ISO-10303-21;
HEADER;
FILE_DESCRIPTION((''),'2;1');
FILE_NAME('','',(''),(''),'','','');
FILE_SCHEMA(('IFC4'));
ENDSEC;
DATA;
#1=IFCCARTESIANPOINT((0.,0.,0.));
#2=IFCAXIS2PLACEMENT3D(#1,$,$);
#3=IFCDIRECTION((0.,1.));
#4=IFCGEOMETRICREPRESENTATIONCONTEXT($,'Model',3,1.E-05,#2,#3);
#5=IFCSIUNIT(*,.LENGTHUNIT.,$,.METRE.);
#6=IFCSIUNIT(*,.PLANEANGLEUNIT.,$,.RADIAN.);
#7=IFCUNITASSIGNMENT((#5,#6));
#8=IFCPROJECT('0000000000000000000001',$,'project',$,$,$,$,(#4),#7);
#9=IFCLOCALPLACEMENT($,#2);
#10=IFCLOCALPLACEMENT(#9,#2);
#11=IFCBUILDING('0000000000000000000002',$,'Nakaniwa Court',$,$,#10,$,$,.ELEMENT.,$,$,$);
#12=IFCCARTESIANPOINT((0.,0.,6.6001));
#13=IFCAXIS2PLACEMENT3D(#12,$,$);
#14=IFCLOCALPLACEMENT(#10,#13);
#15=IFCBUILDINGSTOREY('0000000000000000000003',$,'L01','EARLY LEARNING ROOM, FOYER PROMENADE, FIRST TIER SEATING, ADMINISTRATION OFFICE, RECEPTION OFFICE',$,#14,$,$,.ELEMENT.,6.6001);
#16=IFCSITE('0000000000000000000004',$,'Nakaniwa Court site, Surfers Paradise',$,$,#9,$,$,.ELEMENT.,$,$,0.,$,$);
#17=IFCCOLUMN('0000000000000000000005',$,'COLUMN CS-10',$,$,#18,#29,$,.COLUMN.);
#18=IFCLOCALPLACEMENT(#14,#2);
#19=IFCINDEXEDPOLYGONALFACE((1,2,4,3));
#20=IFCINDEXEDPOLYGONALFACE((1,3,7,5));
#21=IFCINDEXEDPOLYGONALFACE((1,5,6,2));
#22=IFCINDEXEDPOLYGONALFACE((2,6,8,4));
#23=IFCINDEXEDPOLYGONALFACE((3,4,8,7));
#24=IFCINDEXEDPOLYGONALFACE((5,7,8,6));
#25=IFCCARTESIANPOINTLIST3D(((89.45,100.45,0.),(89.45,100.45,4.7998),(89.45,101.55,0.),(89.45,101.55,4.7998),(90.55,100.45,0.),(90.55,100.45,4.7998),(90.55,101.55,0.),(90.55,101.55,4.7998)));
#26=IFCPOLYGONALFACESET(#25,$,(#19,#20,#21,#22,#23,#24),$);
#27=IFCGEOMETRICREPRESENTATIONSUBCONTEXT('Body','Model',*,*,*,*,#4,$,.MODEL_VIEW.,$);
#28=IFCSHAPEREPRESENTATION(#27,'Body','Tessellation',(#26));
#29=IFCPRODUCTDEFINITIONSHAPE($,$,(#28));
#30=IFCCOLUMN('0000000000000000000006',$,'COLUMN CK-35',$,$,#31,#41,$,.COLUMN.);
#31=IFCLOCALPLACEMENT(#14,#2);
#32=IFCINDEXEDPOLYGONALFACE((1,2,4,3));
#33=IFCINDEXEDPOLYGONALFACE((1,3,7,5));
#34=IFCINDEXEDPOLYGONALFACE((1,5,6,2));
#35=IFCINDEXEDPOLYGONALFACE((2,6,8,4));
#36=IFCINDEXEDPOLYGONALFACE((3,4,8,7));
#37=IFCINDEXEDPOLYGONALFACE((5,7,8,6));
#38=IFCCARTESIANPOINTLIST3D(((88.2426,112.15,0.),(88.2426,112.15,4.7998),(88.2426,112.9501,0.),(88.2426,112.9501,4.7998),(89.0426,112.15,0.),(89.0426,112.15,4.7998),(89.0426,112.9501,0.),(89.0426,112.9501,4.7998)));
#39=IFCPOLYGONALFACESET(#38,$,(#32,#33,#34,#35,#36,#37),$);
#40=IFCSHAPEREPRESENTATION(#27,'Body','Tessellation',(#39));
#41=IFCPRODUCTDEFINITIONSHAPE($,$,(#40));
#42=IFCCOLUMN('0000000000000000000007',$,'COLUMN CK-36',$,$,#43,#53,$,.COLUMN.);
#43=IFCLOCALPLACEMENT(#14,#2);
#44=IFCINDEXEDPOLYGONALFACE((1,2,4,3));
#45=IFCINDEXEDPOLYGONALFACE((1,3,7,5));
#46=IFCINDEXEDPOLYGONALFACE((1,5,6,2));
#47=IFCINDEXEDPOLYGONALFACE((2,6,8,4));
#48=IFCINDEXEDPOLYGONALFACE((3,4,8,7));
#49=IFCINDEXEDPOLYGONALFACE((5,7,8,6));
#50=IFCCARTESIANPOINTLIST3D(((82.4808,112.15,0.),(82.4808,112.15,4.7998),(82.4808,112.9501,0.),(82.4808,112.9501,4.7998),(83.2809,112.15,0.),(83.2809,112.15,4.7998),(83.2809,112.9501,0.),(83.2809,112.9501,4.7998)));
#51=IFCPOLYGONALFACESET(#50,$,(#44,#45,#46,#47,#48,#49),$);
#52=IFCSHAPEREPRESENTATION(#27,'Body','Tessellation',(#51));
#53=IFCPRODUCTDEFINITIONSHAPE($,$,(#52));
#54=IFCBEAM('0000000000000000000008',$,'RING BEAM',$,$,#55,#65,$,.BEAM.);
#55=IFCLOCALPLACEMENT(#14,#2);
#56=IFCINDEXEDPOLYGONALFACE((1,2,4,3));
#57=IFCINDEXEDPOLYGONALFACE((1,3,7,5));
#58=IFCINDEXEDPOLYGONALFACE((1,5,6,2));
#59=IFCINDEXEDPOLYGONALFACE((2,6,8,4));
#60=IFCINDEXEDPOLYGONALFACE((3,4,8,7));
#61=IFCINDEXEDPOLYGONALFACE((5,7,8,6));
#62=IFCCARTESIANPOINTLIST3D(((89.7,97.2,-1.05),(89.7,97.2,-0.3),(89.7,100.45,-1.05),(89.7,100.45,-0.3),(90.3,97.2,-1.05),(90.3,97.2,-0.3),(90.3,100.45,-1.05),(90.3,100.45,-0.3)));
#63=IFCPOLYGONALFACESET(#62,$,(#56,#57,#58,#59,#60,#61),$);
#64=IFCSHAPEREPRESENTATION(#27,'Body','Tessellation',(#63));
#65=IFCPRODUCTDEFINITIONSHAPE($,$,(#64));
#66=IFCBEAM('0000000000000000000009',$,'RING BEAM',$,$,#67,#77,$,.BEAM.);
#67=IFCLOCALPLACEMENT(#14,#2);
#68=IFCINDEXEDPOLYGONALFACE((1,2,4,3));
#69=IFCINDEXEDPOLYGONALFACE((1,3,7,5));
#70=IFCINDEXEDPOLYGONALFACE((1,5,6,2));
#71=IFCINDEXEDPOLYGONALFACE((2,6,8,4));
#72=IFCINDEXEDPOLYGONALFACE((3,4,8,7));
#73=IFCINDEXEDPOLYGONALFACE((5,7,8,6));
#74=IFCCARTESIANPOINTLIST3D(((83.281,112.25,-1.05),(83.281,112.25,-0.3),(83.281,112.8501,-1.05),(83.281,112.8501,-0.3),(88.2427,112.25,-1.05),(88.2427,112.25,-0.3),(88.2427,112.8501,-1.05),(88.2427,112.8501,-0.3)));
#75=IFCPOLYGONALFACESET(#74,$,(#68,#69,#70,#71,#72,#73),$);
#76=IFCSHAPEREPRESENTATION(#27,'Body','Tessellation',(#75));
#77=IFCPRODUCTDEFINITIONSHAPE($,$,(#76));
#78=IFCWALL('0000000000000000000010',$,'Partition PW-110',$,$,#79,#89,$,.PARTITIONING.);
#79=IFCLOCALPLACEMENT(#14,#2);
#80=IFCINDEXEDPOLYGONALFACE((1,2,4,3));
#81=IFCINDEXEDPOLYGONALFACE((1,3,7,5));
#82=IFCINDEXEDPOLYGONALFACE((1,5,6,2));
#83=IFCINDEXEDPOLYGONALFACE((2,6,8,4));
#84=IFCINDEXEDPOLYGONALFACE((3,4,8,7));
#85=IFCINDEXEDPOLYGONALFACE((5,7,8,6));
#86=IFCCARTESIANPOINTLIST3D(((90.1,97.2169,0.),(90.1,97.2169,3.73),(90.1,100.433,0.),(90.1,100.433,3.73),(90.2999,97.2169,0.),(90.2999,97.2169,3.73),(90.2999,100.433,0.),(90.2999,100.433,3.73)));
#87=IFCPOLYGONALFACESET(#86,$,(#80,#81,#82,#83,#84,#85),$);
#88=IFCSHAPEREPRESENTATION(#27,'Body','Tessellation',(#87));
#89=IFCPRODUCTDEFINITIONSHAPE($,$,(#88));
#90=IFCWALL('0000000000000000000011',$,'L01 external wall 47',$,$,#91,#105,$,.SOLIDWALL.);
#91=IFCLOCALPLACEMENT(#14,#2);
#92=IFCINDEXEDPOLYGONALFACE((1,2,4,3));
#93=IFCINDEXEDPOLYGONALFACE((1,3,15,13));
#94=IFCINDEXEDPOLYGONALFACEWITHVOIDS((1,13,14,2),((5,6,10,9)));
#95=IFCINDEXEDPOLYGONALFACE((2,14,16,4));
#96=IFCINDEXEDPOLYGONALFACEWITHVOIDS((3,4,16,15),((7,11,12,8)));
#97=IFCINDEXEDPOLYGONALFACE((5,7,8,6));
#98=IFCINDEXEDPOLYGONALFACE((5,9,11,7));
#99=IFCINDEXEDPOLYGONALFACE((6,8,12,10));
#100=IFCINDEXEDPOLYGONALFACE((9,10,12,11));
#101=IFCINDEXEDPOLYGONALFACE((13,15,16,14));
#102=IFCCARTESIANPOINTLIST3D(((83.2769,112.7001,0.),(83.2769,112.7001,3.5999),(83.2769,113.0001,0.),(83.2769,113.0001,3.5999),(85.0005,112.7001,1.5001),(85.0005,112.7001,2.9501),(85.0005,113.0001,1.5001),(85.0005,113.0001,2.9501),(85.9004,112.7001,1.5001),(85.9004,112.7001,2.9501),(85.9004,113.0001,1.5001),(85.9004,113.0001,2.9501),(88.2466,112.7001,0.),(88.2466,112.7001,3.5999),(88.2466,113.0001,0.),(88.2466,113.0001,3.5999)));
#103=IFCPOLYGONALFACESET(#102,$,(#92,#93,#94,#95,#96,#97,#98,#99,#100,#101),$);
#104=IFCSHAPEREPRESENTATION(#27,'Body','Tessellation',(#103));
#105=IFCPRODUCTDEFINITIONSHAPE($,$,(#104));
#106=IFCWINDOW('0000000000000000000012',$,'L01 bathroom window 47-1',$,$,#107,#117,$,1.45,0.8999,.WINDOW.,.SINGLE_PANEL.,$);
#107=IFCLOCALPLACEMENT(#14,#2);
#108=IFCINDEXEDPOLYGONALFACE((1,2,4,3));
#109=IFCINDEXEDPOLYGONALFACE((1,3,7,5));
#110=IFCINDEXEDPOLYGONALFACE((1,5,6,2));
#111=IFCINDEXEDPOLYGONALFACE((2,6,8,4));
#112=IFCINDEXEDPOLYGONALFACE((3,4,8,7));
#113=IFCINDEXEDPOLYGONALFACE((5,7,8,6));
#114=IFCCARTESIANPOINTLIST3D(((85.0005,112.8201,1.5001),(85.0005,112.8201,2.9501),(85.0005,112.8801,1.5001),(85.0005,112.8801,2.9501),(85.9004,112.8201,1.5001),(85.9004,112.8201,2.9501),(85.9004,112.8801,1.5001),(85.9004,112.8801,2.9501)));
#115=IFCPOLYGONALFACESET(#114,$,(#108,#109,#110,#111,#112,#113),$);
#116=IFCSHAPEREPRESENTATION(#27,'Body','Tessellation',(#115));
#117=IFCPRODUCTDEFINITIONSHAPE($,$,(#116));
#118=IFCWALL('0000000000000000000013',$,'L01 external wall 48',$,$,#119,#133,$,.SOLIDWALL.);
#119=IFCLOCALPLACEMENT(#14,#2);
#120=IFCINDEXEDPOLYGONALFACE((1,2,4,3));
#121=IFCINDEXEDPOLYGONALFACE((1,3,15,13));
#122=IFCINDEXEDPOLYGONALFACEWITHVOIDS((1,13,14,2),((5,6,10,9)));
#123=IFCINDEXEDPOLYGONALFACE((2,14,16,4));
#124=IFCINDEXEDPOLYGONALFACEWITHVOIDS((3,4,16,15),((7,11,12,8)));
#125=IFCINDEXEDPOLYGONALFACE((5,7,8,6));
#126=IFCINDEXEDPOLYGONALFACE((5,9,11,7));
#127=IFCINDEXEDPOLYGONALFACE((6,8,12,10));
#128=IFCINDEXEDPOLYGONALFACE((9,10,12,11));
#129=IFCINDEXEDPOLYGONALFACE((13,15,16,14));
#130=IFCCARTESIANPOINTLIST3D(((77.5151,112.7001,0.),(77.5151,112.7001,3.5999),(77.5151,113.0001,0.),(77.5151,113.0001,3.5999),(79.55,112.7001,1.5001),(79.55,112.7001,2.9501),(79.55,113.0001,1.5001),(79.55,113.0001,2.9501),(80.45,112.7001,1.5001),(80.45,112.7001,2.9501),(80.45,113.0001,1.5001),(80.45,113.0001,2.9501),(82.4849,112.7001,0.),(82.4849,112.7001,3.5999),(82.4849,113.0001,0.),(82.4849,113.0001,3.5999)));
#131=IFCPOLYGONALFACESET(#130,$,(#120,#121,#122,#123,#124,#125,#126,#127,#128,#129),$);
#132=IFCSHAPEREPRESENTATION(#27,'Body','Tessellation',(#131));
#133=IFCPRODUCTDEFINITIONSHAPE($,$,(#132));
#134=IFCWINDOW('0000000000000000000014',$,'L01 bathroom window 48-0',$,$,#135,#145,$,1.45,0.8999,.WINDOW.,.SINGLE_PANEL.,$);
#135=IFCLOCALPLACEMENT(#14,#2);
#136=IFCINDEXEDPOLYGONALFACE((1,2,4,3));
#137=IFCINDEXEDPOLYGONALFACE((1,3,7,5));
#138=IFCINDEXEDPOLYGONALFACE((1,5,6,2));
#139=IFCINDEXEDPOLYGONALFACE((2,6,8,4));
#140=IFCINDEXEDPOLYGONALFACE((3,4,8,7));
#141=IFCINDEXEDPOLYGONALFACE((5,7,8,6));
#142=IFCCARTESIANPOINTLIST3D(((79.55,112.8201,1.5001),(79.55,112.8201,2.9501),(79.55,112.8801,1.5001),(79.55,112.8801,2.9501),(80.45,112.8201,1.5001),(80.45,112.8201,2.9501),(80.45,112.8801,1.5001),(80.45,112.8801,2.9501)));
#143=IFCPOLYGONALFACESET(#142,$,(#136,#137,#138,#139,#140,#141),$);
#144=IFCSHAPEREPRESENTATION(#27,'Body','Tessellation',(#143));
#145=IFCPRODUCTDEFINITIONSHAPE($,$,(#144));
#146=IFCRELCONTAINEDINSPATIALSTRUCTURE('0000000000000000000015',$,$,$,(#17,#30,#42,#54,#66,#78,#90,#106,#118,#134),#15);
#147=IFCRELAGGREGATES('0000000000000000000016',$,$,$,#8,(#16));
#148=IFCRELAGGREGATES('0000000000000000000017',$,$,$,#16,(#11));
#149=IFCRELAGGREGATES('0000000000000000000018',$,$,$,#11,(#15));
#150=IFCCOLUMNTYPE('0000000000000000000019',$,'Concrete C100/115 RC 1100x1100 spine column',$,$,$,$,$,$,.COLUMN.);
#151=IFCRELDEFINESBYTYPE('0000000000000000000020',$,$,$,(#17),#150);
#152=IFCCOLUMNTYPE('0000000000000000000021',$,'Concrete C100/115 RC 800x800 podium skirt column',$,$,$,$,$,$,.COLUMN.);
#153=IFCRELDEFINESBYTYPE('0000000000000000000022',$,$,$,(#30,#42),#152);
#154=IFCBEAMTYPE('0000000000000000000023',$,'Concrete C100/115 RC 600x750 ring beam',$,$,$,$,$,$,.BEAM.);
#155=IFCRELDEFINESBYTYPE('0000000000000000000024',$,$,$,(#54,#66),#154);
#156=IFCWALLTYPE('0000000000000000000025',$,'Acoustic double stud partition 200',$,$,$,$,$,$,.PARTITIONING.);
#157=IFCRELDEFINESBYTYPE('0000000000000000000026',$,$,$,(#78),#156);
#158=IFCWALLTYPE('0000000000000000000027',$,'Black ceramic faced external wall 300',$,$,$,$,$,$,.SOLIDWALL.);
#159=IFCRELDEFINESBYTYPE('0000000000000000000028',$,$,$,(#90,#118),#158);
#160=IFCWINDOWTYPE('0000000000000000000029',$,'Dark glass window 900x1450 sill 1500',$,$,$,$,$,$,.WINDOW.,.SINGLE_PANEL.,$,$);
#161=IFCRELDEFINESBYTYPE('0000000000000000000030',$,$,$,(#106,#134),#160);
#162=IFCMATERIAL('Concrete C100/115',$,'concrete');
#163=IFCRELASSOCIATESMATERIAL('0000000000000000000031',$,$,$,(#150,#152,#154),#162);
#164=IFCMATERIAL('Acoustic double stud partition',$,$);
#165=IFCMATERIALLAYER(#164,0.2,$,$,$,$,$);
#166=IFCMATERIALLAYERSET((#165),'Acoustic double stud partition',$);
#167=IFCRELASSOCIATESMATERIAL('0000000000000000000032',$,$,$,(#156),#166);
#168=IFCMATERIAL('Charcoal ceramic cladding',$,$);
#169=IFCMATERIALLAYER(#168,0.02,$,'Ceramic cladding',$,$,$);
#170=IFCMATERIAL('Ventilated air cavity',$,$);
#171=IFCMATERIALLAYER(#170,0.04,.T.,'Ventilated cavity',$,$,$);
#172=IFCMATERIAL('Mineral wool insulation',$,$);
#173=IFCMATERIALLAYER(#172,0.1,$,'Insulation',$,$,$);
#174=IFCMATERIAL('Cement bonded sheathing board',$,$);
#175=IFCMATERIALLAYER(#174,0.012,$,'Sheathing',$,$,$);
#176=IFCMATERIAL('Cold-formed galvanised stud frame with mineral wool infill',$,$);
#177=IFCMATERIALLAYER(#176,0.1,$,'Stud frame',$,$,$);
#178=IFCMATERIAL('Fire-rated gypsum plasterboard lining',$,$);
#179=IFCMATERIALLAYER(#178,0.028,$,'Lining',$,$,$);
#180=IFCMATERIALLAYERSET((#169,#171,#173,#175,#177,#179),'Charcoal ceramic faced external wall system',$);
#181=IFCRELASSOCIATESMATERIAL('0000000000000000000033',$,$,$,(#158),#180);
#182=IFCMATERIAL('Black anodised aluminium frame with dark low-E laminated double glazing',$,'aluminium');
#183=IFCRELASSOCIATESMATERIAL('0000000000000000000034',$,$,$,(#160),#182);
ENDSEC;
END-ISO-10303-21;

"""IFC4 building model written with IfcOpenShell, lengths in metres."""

from ifc_helpers import new_model, si_unit, direction, frame, frame_2d, origin, origin_2d, place, context, subcontext, project, spatial, rectangle, extrude, material, layer, layer_set, material_profile, profile_set, type_object, element, fill, save


model = new_model("IFC4")

# Units and contexts
model_context = context("Model", 3, precision=1e-05, world=origin(), true_north=direction((0.0, 1.0)))
body_context = subcontext(model_context, "Body", "Model", "MODEL_VIEW")
ifc_project = project(units=[si_unit("LENGTHUNIT", "METRE"), si_unit("PLANEANGLEUNIT", "RADIAN")], contexts=[model_context])

# Site, building, storey
site_placement = place(None, origin())
site = spatial("IfcSite", under=ifc_project, at=site_placement, Name="Nakaniwa Court site, Surfers Paradise", CompositionType="ELEMENT", RefElevation=0.0)
building_placement = place(site_placement, origin())
building = spatial("IfcBuilding", under=site, at=building_placement, Name="Nakaniwa Court", CompositionType="ELEMENT")
storey_placement = place(building_placement, frame((0.0, 0.0, 6.6001)))
storey = spatial("IfcBuildingStorey", under=building, at=storey_placement, Name="L01", Description="EARLY LEARNING ROOM, FOYER PROMENADE, FIRST TIER SEATING, ADMINISTRATION OFFICE, RECEPTION OFFICE", CompositionType="ELEMENT", Elevation=6.6001)

# Columns
ifc_material_1 = material(Name="Concrete C100/115", Category="concrete")
ifc_material_profile_1 = material_profile(ifc_material_1, rectangle(XDim=1.1001, YDim=1.1001, at=origin_2d()), Name="Concrete C100/115 RC 1100x1100 spine column")
ifc_profile_set_1 = profile_set([ifc_material_profile_1], Name="Concrete C100/115")
column_type_1 = type_object("IfcColumnType", Name="Concrete C100/115 RC 1100x1100 spine column", PredefinedType="COLUMN", material=ifc_profile_set_1)
column_placement = place(storey_placement, frame((90.0, 101.0, 0.0), z_axis=(0.0, 0.0, 1.0), x_axis=(0.0, 1.0, 0.0)))
element("IfcColumn", 1, at=column_placement, inside=storey, type_object=column_type_1, Name="COLUMN CS-10", PredefinedType="COLUMN", context=body_context, shape_type="SweptSolid", body=[
    extrude(rectangle(XDim=1.1001, YDim=1.1001, at=origin_2d()), origin(), (0.0, 0.0, 1.0), 4.7998),
])
ifc_material_profile_2 = material_profile(ifc_material_1, rectangle(XDim=0.8, YDim=0.8, at=origin_2d()), Name="Concrete C100/115 RC 800x800 podium skirt column")
ifc_profile_set_2 = profile_set([ifc_material_profile_2], Name="Concrete C100/115")
column_type_2 = type_object("IfcColumnType", Name="Concrete C100/115 RC 800x800 podium skirt column", PredefinedType="COLUMN", material=ifc_profile_set_2)
for number, where, z_axis, x_axis, name in (
    (2, (88.6426, 112.55, 0.0), (0.0, 0.0, 1.0), (-1.0, 0.0, 0.0), "COLUMN CK-35"),
    (3, (82.8809, 112.55, 0.0), (0.0, 0.0, 1.0), (-1.0, 0.0, 0.0), "COLUMN CK-36"),
):
    element("IfcColumn", number, at=place(storey_placement, frame(where, z_axis=z_axis, x_axis=x_axis)), inside=storey, type_object=column_type_2, Name=name, PredefinedType="COLUMN", context=body_context, shape_type="SweptSolid", body=[
        extrude(rectangle(XDim=0.8, YDim=0.8, at=origin_2d()), origin(), (0.0, 0.0, 1.0), 4.7998),
    ])

# Beams
ifc_material_profile_3 = material_profile(ifc_material_1, rectangle(XDim=0.6001, YDim=0.75, at=origin_2d()), Name="Concrete C100/115 RC 600x750 ring beam")
ifc_profile_set_3 = profile_set([ifc_material_profile_3], Name="Concrete C100/115")
beam_type = type_object("IfcBeamType", Name="Concrete C100/115 RC 600x750 ring beam", PredefinedType="BEAM", material=ifc_profile_set_3)
beam_1_placement = place(storey_placement, frame((90.0, 97.2, -0.675), z_axis=(0.0, 1.0, 0.0), x_axis=(-1.0, 0.0, 0.0)))
element("IfcBeam", 4, at=beam_1_placement, inside=storey, type_object=beam_type, Name="RING BEAM", PredefinedType="BEAM", context=body_context, shape_type="SweptSolid", body=[
    extrude(rectangle(XDim=0.6001, YDim=0.75, at=origin_2d()), origin(), (0.0, 0.0, 1.0), 3.25),
])
beam_2_placement = place(storey_placement, frame((88.2427, 112.55, -0.675), z_axis=(-1.0, 0.0, 0.0), x_axis=(0.0, -1.0, 0.0)))
element("IfcBeam", 5, at=beam_2_placement, inside=storey, type_object=beam_type, Name="RING BEAM", PredefinedType="BEAM", context=body_context, shape_type="SweptSolid", body=[
    extrude(rectangle(XDim=0.6001, YDim=0.75, at=origin_2d()), origin(), (0.0, 0.0, 1.0), 4.9617),
])

# Wall
ifc_material_2 = material(Name="Acoustic double stud partition")
ifc_layer_1 = layer(ifc_material_2, 0.2)
ifc_layer_set_1 = layer_set([ifc_layer_1], Name="Acoustic double stud partition")
wall_type_1 = type_object("IfcWallType", Name="Acoustic double stud partition 200", PredefinedType="PARTITIONING", material=ifc_layer_set_1)
wall_1_placement = place(storey_placement, frame((90.2, 97.217, 0.0), z_axis=(0.0, 0.0, 1.0), x_axis=(0.0, 1.0, 0.0)))
element("IfcWall", 6, at=wall_1_placement, inside=storey, type_object=wall_type_1, Name="Partition PW-110", PredefinedType="PARTITIONING", context=body_context, shape_type="SweptSolid", body=[
    extrude(rectangle(XDim=3.2161, YDim=0.2, at=frame_2d((1.6079, 0.0))), origin(), (0.0, 0.0, 1.0), 3.73),
])

# Walls, openings, windows
ifc_material_3 = material(Name="Charcoal ceramic cladding")
ifc_layer_2 = layer(ifc_material_3, 0.02, Name="Ceramic cladding")
ifc_material_4 = material(Name="Ventilated air cavity")
ifc_layer_3 = layer(ifc_material_4, 0.04, ventilated=True, Name="Ventilated cavity")
ifc_material_5 = material(Name="Mineral wool insulation")
ifc_layer_4 = layer(ifc_material_5, 0.1, Name="Insulation")
ifc_material_6 = material(Name="Cement bonded sheathing board")
ifc_layer_5 = layer(ifc_material_6, 0.012, Name="Sheathing")
ifc_material_7 = material(Name="Cold-formed galvanised stud frame with mineral wool infill")
ifc_layer_6 = layer(ifc_material_7, 0.1, Name="Stud frame")
ifc_material_8 = material(Name="Fire-rated gypsum plasterboard lining")
ifc_layer_7 = layer(ifc_material_8, 0.028, Name="Lining")
ifc_layer_set_2 = layer_set([ifc_layer_2, ifc_layer_3, ifc_layer_4, ifc_layer_5, ifc_layer_6, ifc_layer_7], Name="Charcoal ceramic faced external wall system")
wall_type_2 = type_object("IfcWallType", Name="Black ceramic faced external wall 300", PredefinedType="SOLIDWALL", material=ifc_layer_set_2)
wall_2_placement = place(storey_placement, frame((88.2466, 112.8501, 0.0), z_axis=(0.0, 0.0, 1.0), x_axis=(-1.0, 0.0, 0.0)))
wall_2 = element("IfcWall", 7, at=wall_2_placement, inside=storey, type_object=wall_type_2, Name="L01 external wall 47", PredefinedType="SOLIDWALL", context=body_context, shape_type="SweptSolid", body=[
    extrude(rectangle(XDim=4.9697, YDim=0.3, at=frame_2d((2.4849, 0.0))), origin(), (0.0, 0.0, 1.0), 3.5999),
])
opening_1_placement = place(wall_2_placement, frame((2.3462, 0.0, 1.5)))
opening_1 = element("IfcOpeningElement", 8, at=opening_1_placement, cuts=wall_2, PredefinedType="OPENING", context=body_context, shape_type="SweptSolid", body=[
    extrude(rectangle(XDim=0.8999, YDim=1.45, at=frame_2d((0.45, 0.7251))), frame((0.0, 0.1599, 0.0), z_axis=(0.0, -1.0, 0.0), x_axis=(1.0, 0.0, 0.0)), (0.0, 0.0, 1.0), 0.3201),
])
ifc_material_9 = material(Name="Black anodised aluminium frame with dark low-E laminated double glazing", Category="aluminium")
window_type = type_object("IfcWindowType", Name="Dark glass window 900x1450 sill 1500", PartitioningType="SINGLE_PANEL", PredefinedType="WINDOW", material=ifc_material_9)
window_1_placement = place(opening_1_placement, origin())
window_1 = element("IfcWindow", 9, at=window_1_placement, inside=storey, type_object=window_type, Name="L01 bathroom window 47-1", OverallHeight=1.45, OverallWidth=0.8999, PartitioningType="SINGLE_PANEL", PredefinedType="WINDOW", context=body_context, shape_type="SweptSolid", body=[
    extrude(rectangle(XDim=0.8999, YDim=1.45, at=frame_2d((0.45, 0.7251))), frame((0.0, 0.03, 0.0), z_axis=(0.0, -1.0, 0.0), x_axis=(1.0, 0.0, 0.0)), (0.0, 0.0, 1.0), 0.0601),
])
fill(opening_1, window_1)
wall_3_placement = place(storey_placement, frame((82.4849, 112.8501, 0.0), z_axis=(0.0, 0.0, 1.0), x_axis=(-1.0, 0.0, 0.0)))
wall_3 = element("IfcWall", 10, at=wall_3_placement, inside=storey, type_object=wall_type_2, Name="L01 external wall 48", PredefinedType="SOLIDWALL", context=body_context, shape_type="SweptSolid", body=[
    extrude(rectangle(XDim=4.9697, YDim=0.3, at=frame_2d((2.4849, 0.0))), origin(), (0.0, 0.0, 1.0), 3.5999),
])
opening_2_placement = place(wall_3_placement, frame((2.0349, 0.0, 1.5)))
opening_2 = element("IfcOpeningElement", 11, at=opening_2_placement, cuts=wall_3, PredefinedType="OPENING", context=body_context, shape_type="SweptSolid", body=[
    extrude(rectangle(XDim=0.8999, YDim=1.45, at=frame_2d((0.45, 0.7251))), frame((0.0, 0.1599, 0.0), z_axis=(0.0, -1.0, 0.0), x_axis=(1.0, 0.0, 0.0)), (0.0, 0.0, 1.0), 0.3201),
])
window_2_placement = place(opening_2_placement, origin())
window_2 = element("IfcWindow", 12, at=window_2_placement, inside=storey, type_object=window_type, Name="L01 bathroom window 48-0", OverallHeight=1.45, OverallWidth=0.8999, PartitioningType="SINGLE_PANEL", PredefinedType="WINDOW", context=body_context, shape_type="SweptSolid", body=[
    extrude(rectangle(XDim=0.8999, YDim=1.45, at=frame_2d((0.45, 0.7251))), frame((0.0, 0.03, 0.0), z_axis=(0.0, -1.0, 0.0), x_axis=(1.0, 0.0, 0.0)), (0.0, 0.0, 1.0), 0.0601),
])
fill(opening_2, window_2)

save(model, "model.ifc")
